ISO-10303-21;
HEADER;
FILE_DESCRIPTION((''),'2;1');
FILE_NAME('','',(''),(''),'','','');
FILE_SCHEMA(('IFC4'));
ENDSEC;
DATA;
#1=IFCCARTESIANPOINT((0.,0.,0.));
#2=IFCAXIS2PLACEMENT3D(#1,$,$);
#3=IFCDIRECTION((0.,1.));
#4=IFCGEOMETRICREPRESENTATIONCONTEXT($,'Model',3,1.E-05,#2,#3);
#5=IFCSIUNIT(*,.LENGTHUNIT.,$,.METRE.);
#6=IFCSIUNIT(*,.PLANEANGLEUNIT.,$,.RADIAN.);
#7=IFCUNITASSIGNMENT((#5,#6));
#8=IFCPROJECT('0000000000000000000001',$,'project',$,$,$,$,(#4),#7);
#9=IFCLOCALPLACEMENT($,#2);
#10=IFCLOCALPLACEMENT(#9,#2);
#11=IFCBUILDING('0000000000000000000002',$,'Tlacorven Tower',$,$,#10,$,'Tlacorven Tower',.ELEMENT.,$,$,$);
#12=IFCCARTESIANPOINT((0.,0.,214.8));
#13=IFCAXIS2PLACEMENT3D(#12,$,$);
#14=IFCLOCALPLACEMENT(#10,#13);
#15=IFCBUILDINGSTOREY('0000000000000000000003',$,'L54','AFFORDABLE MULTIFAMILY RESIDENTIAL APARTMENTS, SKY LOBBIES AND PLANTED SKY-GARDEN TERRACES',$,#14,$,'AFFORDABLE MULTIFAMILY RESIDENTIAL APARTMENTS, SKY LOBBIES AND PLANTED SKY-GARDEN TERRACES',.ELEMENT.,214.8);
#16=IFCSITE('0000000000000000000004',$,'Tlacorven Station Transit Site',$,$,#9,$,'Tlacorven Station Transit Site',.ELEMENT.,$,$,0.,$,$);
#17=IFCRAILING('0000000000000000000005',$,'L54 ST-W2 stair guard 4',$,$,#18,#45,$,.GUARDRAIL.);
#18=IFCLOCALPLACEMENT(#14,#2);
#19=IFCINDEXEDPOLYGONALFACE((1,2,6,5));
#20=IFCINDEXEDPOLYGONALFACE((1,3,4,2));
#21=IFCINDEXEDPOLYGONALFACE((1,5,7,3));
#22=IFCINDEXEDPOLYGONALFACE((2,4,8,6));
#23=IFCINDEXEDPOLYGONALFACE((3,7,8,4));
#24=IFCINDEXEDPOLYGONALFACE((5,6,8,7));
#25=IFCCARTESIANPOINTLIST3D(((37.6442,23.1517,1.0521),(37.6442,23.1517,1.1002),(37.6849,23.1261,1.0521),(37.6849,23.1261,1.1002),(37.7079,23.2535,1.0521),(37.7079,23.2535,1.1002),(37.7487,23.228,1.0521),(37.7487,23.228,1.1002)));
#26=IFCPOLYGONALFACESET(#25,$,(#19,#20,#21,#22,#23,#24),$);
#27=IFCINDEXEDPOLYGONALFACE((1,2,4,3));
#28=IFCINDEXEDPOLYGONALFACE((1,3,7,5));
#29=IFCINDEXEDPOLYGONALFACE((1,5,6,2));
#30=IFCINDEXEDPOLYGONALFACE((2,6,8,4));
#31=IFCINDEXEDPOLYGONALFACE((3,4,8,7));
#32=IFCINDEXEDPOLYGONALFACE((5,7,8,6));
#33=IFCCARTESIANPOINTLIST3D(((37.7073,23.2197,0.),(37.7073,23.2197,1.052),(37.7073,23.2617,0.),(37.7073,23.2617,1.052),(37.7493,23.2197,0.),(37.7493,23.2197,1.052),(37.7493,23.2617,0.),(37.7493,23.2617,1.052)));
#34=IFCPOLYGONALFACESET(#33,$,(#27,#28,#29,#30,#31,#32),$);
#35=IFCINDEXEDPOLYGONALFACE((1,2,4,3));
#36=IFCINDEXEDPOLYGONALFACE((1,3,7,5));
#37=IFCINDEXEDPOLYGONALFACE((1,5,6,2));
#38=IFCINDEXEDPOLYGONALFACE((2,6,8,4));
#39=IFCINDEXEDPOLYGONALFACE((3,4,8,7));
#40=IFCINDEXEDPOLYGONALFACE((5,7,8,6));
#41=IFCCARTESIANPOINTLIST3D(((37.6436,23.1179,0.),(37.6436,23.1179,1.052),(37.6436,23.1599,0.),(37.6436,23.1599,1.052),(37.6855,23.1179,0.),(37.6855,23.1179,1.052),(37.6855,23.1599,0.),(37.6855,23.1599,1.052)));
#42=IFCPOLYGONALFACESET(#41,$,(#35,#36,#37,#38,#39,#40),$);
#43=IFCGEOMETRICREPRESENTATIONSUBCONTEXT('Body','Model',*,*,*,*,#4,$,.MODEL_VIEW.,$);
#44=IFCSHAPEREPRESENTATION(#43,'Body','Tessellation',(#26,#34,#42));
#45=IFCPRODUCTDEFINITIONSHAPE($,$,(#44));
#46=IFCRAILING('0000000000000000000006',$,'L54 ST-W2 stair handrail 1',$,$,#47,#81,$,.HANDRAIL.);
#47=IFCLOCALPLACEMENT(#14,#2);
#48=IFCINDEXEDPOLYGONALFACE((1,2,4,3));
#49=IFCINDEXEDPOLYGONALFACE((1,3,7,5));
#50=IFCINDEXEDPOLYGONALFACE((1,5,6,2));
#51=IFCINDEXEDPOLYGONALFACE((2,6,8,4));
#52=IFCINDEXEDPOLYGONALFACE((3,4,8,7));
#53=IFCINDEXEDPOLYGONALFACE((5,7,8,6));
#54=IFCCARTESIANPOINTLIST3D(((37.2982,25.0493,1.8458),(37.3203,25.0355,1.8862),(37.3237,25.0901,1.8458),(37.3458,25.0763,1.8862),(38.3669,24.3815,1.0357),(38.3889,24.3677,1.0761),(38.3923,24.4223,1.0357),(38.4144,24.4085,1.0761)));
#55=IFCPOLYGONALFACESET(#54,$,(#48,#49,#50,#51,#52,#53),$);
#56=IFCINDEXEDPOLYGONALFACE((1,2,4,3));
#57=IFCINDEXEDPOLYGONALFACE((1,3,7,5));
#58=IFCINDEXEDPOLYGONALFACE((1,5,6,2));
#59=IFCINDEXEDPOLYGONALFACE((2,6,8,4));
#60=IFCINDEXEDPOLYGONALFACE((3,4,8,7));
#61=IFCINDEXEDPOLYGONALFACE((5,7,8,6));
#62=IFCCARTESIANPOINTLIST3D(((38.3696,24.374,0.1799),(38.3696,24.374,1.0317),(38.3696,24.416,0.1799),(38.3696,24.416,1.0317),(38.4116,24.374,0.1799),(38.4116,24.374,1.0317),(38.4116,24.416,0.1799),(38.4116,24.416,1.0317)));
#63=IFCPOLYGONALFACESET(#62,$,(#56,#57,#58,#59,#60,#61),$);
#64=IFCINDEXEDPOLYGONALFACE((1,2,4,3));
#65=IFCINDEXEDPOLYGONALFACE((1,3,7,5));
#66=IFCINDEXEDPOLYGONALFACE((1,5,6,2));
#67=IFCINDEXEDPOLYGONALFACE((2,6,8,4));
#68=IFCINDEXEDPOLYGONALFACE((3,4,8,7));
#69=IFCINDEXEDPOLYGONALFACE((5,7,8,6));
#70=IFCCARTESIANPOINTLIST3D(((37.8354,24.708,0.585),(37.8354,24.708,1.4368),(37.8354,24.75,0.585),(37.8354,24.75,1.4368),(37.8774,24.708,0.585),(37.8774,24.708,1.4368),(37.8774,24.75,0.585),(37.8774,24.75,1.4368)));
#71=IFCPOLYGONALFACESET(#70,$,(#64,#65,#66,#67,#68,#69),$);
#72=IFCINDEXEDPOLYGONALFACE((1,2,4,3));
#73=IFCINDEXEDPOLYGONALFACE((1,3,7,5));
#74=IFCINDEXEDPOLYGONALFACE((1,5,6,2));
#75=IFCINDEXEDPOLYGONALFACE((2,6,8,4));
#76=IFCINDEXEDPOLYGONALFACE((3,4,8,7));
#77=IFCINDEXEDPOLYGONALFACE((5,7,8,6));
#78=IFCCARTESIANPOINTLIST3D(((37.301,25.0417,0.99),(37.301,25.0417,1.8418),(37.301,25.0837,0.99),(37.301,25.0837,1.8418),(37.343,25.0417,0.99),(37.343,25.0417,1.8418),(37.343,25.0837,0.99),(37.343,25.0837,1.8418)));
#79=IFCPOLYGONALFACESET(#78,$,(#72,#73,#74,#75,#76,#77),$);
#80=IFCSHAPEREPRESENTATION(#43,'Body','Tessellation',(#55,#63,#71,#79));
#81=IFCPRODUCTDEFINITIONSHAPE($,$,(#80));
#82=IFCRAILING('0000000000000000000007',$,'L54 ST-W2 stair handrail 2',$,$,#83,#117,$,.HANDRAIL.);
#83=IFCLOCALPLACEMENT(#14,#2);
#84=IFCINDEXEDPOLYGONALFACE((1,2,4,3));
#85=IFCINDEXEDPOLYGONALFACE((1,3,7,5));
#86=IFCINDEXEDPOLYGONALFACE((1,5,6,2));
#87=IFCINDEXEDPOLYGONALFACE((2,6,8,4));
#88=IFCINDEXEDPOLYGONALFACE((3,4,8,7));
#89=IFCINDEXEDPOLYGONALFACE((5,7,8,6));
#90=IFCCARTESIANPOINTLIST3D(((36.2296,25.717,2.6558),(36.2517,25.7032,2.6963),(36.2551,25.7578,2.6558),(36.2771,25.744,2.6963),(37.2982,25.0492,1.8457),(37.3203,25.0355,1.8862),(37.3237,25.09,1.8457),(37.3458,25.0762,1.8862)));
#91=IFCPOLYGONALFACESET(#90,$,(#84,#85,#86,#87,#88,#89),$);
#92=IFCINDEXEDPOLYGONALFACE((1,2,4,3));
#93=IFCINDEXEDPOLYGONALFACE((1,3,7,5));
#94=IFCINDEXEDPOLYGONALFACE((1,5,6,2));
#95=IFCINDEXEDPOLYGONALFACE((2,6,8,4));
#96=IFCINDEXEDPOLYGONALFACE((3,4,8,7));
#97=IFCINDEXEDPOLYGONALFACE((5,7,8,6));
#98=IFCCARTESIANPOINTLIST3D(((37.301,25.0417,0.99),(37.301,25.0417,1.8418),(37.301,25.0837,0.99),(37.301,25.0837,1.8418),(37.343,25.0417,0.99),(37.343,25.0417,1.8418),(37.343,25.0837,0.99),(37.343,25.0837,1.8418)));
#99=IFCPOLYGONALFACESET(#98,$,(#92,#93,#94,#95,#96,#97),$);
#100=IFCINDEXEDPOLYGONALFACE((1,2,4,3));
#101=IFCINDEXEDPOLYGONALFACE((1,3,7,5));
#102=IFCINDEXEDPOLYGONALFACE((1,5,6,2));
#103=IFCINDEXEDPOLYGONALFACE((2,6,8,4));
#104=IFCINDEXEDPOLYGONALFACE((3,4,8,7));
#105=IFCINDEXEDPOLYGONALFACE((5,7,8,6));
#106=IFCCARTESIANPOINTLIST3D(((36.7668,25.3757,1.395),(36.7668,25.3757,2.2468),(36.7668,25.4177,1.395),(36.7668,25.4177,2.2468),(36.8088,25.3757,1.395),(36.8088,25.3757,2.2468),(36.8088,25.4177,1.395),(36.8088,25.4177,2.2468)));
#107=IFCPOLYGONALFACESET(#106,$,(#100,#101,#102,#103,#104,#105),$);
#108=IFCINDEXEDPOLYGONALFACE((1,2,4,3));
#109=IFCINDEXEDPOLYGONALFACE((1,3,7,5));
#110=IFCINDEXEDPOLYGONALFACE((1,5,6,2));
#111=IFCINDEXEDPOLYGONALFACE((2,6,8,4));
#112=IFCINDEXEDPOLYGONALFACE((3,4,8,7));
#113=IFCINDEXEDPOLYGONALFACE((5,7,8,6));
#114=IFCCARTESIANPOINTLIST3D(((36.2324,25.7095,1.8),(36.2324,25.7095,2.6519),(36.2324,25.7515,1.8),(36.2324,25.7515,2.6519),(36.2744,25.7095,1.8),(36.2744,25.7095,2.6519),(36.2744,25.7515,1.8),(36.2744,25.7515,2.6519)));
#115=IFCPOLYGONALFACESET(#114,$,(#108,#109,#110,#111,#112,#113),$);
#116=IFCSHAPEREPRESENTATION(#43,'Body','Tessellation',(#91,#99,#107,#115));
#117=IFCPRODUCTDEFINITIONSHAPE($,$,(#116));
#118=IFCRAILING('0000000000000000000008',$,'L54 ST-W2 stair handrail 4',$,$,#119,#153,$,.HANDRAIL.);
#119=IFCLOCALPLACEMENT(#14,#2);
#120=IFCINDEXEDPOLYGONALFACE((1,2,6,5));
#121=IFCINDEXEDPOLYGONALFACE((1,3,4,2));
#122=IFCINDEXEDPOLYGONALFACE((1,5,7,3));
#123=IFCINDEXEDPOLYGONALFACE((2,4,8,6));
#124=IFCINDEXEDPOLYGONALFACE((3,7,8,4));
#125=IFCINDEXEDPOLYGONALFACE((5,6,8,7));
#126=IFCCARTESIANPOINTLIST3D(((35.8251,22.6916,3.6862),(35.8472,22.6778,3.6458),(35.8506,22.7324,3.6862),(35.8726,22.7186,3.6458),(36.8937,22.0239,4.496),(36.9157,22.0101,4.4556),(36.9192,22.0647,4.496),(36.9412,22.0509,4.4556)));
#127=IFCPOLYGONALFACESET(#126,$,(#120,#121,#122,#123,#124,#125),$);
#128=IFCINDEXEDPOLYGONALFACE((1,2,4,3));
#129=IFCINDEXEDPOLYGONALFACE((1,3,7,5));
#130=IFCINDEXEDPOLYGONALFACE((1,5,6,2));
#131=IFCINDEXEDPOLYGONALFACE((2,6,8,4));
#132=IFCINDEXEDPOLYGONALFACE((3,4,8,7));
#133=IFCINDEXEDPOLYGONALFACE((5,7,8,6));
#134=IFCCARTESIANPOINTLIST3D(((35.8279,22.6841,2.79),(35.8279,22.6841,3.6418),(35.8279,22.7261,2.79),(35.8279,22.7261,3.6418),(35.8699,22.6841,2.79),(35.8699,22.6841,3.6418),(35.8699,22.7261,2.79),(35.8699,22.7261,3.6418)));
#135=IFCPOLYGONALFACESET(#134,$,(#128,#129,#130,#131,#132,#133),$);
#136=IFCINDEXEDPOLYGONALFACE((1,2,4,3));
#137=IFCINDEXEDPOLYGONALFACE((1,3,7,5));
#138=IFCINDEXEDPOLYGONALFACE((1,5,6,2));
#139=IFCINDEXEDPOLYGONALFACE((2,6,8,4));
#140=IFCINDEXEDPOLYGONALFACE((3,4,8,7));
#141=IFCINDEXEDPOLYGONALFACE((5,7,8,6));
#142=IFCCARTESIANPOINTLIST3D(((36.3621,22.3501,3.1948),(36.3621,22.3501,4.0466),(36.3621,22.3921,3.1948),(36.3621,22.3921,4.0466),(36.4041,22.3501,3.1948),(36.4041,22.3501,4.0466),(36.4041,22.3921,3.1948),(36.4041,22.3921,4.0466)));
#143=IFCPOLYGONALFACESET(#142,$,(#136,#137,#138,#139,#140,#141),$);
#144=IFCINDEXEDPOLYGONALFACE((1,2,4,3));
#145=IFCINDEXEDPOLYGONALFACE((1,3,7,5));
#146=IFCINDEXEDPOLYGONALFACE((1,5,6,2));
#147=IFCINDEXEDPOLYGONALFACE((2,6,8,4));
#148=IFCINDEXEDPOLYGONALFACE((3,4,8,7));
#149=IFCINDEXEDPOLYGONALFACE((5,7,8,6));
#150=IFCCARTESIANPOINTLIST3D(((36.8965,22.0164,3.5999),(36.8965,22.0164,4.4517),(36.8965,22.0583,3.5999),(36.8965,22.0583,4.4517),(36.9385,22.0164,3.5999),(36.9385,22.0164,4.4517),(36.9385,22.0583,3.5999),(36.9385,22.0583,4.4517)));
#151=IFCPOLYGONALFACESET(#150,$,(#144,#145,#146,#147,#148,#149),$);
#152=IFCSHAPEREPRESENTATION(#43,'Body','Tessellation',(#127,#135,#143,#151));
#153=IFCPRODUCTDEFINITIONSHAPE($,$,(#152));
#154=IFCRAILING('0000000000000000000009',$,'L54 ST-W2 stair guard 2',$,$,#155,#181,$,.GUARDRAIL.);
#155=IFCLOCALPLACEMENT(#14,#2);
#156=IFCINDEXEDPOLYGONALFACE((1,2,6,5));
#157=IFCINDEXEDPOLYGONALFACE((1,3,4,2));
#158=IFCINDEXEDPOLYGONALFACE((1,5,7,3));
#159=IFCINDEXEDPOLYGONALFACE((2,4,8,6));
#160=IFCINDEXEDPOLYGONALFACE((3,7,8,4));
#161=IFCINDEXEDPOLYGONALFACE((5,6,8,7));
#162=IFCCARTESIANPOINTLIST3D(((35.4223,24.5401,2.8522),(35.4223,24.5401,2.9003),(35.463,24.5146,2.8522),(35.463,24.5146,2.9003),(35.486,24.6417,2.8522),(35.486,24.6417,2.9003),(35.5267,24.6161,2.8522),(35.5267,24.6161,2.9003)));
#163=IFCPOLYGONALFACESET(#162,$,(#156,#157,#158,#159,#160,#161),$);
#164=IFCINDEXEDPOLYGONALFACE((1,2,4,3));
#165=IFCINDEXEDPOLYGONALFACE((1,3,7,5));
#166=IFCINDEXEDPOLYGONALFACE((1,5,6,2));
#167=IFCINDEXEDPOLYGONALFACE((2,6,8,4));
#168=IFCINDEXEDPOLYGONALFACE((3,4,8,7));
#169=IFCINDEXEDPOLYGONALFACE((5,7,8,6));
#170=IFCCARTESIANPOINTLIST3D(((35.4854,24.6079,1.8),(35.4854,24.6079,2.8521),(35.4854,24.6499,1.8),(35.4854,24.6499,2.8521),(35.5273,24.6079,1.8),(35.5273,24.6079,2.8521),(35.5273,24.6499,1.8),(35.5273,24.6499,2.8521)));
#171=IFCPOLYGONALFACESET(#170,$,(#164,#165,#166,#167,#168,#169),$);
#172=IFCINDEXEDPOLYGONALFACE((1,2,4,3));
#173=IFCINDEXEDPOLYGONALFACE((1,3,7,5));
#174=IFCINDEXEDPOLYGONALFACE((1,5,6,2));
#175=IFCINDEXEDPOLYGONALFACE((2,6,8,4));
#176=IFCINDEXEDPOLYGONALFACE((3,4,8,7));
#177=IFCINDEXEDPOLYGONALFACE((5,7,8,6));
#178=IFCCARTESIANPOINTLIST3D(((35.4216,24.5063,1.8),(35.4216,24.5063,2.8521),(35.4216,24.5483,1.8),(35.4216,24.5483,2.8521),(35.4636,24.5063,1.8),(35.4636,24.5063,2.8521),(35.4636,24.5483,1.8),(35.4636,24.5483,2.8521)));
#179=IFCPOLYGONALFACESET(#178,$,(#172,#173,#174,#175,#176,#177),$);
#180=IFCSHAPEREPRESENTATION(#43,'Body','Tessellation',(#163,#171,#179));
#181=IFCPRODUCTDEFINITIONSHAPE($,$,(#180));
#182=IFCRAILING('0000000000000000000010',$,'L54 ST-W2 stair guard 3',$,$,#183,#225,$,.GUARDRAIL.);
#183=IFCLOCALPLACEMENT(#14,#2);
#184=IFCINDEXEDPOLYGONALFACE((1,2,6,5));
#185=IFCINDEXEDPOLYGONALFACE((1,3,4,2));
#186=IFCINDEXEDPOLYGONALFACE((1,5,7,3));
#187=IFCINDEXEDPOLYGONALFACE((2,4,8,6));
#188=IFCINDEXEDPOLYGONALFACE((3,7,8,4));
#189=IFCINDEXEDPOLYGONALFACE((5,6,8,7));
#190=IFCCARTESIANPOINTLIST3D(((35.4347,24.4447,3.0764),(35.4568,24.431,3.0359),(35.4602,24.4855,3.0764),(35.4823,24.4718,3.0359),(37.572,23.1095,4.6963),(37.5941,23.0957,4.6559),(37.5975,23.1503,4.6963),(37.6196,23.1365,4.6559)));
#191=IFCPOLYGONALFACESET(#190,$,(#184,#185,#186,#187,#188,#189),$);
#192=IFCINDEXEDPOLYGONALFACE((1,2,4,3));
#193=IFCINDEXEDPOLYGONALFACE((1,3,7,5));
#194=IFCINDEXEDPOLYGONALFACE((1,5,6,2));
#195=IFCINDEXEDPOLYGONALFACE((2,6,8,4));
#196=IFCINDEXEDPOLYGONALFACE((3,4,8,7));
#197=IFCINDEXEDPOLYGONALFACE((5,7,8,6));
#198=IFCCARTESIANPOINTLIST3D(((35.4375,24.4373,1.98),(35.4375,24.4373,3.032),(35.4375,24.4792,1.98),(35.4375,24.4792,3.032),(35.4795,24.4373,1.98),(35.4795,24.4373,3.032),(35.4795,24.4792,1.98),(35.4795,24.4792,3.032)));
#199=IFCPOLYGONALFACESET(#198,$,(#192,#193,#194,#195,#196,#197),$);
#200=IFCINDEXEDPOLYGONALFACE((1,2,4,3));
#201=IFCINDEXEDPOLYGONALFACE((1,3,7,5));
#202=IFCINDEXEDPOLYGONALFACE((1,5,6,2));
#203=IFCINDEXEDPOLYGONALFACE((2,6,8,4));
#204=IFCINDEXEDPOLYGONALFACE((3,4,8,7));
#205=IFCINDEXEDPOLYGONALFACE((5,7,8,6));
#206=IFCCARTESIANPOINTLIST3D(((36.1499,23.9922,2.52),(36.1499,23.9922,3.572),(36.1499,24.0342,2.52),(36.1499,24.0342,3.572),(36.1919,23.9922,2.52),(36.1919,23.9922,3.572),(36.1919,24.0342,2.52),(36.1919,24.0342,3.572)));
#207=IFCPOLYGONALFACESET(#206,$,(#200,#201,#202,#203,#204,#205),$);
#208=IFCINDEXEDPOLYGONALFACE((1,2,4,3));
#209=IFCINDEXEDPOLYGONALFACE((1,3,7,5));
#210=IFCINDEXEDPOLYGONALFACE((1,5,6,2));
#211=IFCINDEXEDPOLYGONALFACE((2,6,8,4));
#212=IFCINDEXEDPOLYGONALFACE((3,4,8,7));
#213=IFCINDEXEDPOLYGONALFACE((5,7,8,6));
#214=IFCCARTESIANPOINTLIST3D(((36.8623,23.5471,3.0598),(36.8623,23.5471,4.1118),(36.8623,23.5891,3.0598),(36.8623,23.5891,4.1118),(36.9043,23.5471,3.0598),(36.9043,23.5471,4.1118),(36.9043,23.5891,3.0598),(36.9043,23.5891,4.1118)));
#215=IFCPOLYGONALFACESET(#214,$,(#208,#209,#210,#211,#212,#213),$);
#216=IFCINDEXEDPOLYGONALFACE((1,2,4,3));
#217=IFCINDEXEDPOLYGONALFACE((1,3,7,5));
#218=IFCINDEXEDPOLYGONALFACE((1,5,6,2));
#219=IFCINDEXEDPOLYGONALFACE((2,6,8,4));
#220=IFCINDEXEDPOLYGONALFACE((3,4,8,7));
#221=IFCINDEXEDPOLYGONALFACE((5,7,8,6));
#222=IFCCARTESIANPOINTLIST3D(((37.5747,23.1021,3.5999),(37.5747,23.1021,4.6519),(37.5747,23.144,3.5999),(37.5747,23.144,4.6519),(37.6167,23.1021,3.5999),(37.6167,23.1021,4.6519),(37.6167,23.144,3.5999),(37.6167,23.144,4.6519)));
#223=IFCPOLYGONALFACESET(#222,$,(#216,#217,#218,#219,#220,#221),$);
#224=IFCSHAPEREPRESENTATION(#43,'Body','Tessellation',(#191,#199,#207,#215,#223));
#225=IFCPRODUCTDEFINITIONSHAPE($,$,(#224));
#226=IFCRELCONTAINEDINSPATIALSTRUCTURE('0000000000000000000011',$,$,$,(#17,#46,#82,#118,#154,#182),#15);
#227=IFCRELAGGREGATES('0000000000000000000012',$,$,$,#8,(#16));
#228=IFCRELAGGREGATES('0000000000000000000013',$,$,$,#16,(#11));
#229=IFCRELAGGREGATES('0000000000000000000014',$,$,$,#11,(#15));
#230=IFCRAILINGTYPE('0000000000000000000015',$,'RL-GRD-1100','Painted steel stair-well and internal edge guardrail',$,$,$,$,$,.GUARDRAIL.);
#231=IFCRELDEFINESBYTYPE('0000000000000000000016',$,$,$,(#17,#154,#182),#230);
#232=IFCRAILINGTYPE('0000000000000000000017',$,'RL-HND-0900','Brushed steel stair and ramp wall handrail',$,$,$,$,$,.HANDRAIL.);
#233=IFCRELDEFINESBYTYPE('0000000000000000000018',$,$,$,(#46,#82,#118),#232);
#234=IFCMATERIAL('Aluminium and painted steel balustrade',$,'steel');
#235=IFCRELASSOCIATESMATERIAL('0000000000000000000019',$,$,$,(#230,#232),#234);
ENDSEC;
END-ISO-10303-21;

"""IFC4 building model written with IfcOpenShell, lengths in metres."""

from ifc_helpers import new_model, si_unit, direction, frame, origin, origin_2d, place, context, subcontext, project, spatial, rectangle, extrude, source, transform, mapped, material, type_object, element, save


model = new_model("IFC4")

# Units and contexts
model_context = context("Model", 3, precision=1e-05, world=origin(), true_north=direction((0.0, 1.0)))
body_context = subcontext(model_context, "Body", "Model", "MODEL_VIEW")
ifc_project = project(units=[si_unit("LENGTHUNIT", "METRE"), si_unit("PLANEANGLEUNIT", "RADIAN")], contexts=[model_context])

# Site, building, storey
site_placement = place(None, origin())
site = spatial("IfcSite", under=ifc_project, at=site_placement, Name="Tlacorven Station Transit Site", LongName="Tlacorven Station Transit Site", CompositionType="ELEMENT", RefElevation=0.0)
building_placement = place(site_placement, origin())
building = spatial("IfcBuilding", under=site, at=building_placement, Name="Tlacorven Tower", LongName="Tlacorven Tower", CompositionType="ELEMENT")
storey_placement = place(building_placement, frame((0.0, 0.0, 214.8)))
storey = spatial("IfcBuildingStorey", under=building, at=storey_placement, Name="L54", Description="AFFORDABLE MULTIFAMILY RESIDENTIAL APARTMENTS, SKY LOBBIES AND PLANTED SKY-GARDEN TERRACES", LongName="AFFORDABLE MULTIFAMILY RESIDENTIAL APARTMENTS, SKY LOBBIES AND PLANTED SKY-GARDEN TERRACES", CompositionType="ELEMENT", Elevation=214.8)

# Railings
ifc_material_1 = material(Name="Aluminium and painted steel balustrade", Category="steel")
railing_type_1 = type_object("IfcRailingType", Name="RL-GRD-1100", Description="Painted steel stair-well and internal edge guardrail", PredefinedType="GUARDRAIL", material=ifc_material_1)
shared_shape_1 = source(origin(), body_context, "Body", "SweptSolid", [
    extrude(rectangle(XDim=0.0481, YDim=0.0481, at=origin_2d()), frame((0.0, 0.0, 1.0762), z_axis=(-0.530547, -0.847656, 0.0), x_axis=(0.847656, -0.530547, 0.0)), (0.0, 0.0, 1.0), 0.1201),
    extrude(rectangle(XDim=0.042, YDim=0.042, at=origin_2d()), origin(), (0.0, 0.0, 1.0), 1.052),
    extrude(rectangle(XDim=0.042, YDim=0.042, at=origin_2d()), frame((-0.0637, -0.1018, 0.0)), (0.0, 0.0, 1.0), 1.052),
])
railing_1_placement = place(storey_placement, frame((37.7283, 23.2407, 0.0)))
element("IfcRailing", 1, at=railing_1_placement, inside=storey, type_object=railing_type_1, Name="L54 ST-W2 stair guard 4", PredefinedType="GUARDRAIL", context=body_context, shape_type="MappedRepresentation", body=[
    mapped(shared_shape_1, transform((0.0, 0.0, 0.0), scale=1.0)),
])
railing_type_2 = type_object("IfcRailingType", Name="RL-HND-0900", Description="Brushed steel stair and ramp wall handrail", PredefinedType="HANDRAIL", material=ifc_material_1)
shared_shape_2 = source(origin(), body_context, "Body", "SweptSolid", [
    extrude(rectangle(XDim=0.0481, YDim=0.0481, at=origin_2d()), frame((0.0, 0.0, 0.876), z_axis=(-0.71336, 0.445748, 0.540765), x_axis=(-0.529912, -0.848053, 0.0)), (0.0, 0.0, 1.0), 1.498),
    extrude(rectangle(XDim=0.042, YDim=0.042, at=origin_2d()), origin(), (0.0, 0.0, 1.0), 0.8518),
    extrude(rectangle(XDim=0.042, YDim=0.042, at=origin_2d()), frame((-0.5342, 0.334, 0.405)), (0.0, 0.0, 1.0), 0.8518),
    extrude(rectangle(XDim=0.042, YDim=0.042, at=origin_2d()), frame((-1.0686, 0.6677, 0.8101)), (0.0, 0.0, 1.0), 0.8518),
])
for number, where, name in (
    (2, (38.3906, 24.395, 0.1799), "L54 ST-W2 stair handrail 1"),
    (3, (37.322, 25.0627, 0.99), "L54 ST-W2 stair handrail 2"),
):
    element("IfcRailing", number, at=place(storey_placement, frame(where)), inside=storey, type_object=railing_type_2, Name=name, PredefinedType="HANDRAIL", context=body_context, shape_type="MappedRepresentation", body=[
        mapped(shared_shape_2, transform((0.0, 0.0, 0.0), scale=1.0)),
    ])
shared_shape_3 = source(origin(), body_context, "Body", "SweptSolid", [
    extrude(rectangle(XDim=0.0481, YDim=0.0481, at=origin_2d()), frame((0.0, 0.0, 0.876), z_axis=(0.713423, -0.445787, 0.540649), x_axis=(0.529912, 0.848053, 0.0)), (0.0, 0.0, 1.0), 1.4978),
    extrude(rectangle(XDim=0.042, YDim=0.042, at=origin_2d()), origin(), (0.0, 0.0, 1.0), 0.8518),
    extrude(rectangle(XDim=0.042, YDim=0.042, at=origin_2d()), frame((0.5342, -0.334, 0.4048)), (0.0, 0.0, 1.0), 0.8518),
    extrude(rectangle(XDim=0.042, YDim=0.042, at=origin_2d()), frame((1.0686, -0.6677, 0.8098)), (0.0, 0.0, 1.0), 0.8518),
])
railing_2_placement = place(storey_placement, frame((35.8489, 22.7051, 2.79)))
element("IfcRailing", 4, at=railing_2_placement, inside=storey, type_object=railing_type_2, Name="L54 ST-W2 stair handrail 4", PredefinedType="HANDRAIL", context=body_context, shape_type="MappedRepresentation", body=[
    mapped(shared_shape_3, transform((0.0, 0.0, 0.0), scale=1.0)),
])
shared_shape_4 = source(origin(), body_context, "Body", "SweptSolid", [
    extrude(rectangle(XDim=0.0481, YDim=0.0481, at=origin_2d()), frame((0.0, 0.0, 1.0762), z_axis=(-0.531462, -0.847082, 0.0), x_axis=(0.847082, -0.531462, 0.0)), (0.0, 0.0, 1.0), 0.1199),
    extrude(rectangle(XDim=0.042, YDim=0.042, at=origin_2d()), origin(), (0.0, 0.0, 1.0), 1.052),
    extrude(rectangle(XDim=0.042, YDim=0.042, at=origin_2d()), frame((-0.0637, -0.1016, 0.0)), (0.0, 0.0, 1.0), 1.052),
])
railing_3_placement = place(storey_placement, frame((35.5063, 24.6289, 1.8)))
element("IfcRailing", 5, at=railing_3_placement, inside=storey, type_object=railing_type_1, Name="L54 ST-W2 stair guard 2", PredefinedType="GUARDRAIL", context=body_context, shape_type="MappedRepresentation", body=[
    mapped(shared_shape_4, transform((0.0, 0.0, 0.0), scale=1.0)),
])
shared_shape_5 = source(origin(), body_context, "Body", "SweptSolid", [
    extrude(rectangle(XDim=0.0481, YDim=0.0481, at=origin_2d()), frame((0.0, 0.0, 1.0762), z_axis=(0.713417, -0.445702, 0.540727), x_axis=(0.529842, 0.848096, 0.0)), (0.0, 0.0, 1.0), 2.9958),
    extrude(rectangle(XDim=0.042, YDim=0.042, at=origin_2d()), origin(), (0.0, 0.0, 1.0), 1.052),
    extrude(rectangle(XDim=0.042, YDim=0.042, at=origin_2d()), frame((0.7124, -0.4451, 0.54)), (0.0, 0.0, 1.0), 1.052),
    extrude(rectangle(XDim=0.042, YDim=0.042, at=origin_2d()), frame((1.4248, -0.8901, 1.0798)), (0.0, 0.0, 1.0), 1.052),
    extrude(rectangle(XDim=0.042, YDim=0.042, at=origin_2d()), frame((2.1372, -1.3352, 1.6199)), (0.0, 0.0, 1.0), 1.052),
])
railing_4_placement = place(storey_placement, frame((35.4585, 24.4583, 1.98)))
element("IfcRailing", 6, at=railing_4_placement, inside=storey, type_object=railing_type_1, Name="L54 ST-W2 stair guard 3", PredefinedType="GUARDRAIL", context=body_context, shape_type="MappedRepresentation", body=[
    mapped(shared_shape_5, transform((0.0, 0.0, 0.0), scale=1.0)),
])

save(model, "model.ifc")
